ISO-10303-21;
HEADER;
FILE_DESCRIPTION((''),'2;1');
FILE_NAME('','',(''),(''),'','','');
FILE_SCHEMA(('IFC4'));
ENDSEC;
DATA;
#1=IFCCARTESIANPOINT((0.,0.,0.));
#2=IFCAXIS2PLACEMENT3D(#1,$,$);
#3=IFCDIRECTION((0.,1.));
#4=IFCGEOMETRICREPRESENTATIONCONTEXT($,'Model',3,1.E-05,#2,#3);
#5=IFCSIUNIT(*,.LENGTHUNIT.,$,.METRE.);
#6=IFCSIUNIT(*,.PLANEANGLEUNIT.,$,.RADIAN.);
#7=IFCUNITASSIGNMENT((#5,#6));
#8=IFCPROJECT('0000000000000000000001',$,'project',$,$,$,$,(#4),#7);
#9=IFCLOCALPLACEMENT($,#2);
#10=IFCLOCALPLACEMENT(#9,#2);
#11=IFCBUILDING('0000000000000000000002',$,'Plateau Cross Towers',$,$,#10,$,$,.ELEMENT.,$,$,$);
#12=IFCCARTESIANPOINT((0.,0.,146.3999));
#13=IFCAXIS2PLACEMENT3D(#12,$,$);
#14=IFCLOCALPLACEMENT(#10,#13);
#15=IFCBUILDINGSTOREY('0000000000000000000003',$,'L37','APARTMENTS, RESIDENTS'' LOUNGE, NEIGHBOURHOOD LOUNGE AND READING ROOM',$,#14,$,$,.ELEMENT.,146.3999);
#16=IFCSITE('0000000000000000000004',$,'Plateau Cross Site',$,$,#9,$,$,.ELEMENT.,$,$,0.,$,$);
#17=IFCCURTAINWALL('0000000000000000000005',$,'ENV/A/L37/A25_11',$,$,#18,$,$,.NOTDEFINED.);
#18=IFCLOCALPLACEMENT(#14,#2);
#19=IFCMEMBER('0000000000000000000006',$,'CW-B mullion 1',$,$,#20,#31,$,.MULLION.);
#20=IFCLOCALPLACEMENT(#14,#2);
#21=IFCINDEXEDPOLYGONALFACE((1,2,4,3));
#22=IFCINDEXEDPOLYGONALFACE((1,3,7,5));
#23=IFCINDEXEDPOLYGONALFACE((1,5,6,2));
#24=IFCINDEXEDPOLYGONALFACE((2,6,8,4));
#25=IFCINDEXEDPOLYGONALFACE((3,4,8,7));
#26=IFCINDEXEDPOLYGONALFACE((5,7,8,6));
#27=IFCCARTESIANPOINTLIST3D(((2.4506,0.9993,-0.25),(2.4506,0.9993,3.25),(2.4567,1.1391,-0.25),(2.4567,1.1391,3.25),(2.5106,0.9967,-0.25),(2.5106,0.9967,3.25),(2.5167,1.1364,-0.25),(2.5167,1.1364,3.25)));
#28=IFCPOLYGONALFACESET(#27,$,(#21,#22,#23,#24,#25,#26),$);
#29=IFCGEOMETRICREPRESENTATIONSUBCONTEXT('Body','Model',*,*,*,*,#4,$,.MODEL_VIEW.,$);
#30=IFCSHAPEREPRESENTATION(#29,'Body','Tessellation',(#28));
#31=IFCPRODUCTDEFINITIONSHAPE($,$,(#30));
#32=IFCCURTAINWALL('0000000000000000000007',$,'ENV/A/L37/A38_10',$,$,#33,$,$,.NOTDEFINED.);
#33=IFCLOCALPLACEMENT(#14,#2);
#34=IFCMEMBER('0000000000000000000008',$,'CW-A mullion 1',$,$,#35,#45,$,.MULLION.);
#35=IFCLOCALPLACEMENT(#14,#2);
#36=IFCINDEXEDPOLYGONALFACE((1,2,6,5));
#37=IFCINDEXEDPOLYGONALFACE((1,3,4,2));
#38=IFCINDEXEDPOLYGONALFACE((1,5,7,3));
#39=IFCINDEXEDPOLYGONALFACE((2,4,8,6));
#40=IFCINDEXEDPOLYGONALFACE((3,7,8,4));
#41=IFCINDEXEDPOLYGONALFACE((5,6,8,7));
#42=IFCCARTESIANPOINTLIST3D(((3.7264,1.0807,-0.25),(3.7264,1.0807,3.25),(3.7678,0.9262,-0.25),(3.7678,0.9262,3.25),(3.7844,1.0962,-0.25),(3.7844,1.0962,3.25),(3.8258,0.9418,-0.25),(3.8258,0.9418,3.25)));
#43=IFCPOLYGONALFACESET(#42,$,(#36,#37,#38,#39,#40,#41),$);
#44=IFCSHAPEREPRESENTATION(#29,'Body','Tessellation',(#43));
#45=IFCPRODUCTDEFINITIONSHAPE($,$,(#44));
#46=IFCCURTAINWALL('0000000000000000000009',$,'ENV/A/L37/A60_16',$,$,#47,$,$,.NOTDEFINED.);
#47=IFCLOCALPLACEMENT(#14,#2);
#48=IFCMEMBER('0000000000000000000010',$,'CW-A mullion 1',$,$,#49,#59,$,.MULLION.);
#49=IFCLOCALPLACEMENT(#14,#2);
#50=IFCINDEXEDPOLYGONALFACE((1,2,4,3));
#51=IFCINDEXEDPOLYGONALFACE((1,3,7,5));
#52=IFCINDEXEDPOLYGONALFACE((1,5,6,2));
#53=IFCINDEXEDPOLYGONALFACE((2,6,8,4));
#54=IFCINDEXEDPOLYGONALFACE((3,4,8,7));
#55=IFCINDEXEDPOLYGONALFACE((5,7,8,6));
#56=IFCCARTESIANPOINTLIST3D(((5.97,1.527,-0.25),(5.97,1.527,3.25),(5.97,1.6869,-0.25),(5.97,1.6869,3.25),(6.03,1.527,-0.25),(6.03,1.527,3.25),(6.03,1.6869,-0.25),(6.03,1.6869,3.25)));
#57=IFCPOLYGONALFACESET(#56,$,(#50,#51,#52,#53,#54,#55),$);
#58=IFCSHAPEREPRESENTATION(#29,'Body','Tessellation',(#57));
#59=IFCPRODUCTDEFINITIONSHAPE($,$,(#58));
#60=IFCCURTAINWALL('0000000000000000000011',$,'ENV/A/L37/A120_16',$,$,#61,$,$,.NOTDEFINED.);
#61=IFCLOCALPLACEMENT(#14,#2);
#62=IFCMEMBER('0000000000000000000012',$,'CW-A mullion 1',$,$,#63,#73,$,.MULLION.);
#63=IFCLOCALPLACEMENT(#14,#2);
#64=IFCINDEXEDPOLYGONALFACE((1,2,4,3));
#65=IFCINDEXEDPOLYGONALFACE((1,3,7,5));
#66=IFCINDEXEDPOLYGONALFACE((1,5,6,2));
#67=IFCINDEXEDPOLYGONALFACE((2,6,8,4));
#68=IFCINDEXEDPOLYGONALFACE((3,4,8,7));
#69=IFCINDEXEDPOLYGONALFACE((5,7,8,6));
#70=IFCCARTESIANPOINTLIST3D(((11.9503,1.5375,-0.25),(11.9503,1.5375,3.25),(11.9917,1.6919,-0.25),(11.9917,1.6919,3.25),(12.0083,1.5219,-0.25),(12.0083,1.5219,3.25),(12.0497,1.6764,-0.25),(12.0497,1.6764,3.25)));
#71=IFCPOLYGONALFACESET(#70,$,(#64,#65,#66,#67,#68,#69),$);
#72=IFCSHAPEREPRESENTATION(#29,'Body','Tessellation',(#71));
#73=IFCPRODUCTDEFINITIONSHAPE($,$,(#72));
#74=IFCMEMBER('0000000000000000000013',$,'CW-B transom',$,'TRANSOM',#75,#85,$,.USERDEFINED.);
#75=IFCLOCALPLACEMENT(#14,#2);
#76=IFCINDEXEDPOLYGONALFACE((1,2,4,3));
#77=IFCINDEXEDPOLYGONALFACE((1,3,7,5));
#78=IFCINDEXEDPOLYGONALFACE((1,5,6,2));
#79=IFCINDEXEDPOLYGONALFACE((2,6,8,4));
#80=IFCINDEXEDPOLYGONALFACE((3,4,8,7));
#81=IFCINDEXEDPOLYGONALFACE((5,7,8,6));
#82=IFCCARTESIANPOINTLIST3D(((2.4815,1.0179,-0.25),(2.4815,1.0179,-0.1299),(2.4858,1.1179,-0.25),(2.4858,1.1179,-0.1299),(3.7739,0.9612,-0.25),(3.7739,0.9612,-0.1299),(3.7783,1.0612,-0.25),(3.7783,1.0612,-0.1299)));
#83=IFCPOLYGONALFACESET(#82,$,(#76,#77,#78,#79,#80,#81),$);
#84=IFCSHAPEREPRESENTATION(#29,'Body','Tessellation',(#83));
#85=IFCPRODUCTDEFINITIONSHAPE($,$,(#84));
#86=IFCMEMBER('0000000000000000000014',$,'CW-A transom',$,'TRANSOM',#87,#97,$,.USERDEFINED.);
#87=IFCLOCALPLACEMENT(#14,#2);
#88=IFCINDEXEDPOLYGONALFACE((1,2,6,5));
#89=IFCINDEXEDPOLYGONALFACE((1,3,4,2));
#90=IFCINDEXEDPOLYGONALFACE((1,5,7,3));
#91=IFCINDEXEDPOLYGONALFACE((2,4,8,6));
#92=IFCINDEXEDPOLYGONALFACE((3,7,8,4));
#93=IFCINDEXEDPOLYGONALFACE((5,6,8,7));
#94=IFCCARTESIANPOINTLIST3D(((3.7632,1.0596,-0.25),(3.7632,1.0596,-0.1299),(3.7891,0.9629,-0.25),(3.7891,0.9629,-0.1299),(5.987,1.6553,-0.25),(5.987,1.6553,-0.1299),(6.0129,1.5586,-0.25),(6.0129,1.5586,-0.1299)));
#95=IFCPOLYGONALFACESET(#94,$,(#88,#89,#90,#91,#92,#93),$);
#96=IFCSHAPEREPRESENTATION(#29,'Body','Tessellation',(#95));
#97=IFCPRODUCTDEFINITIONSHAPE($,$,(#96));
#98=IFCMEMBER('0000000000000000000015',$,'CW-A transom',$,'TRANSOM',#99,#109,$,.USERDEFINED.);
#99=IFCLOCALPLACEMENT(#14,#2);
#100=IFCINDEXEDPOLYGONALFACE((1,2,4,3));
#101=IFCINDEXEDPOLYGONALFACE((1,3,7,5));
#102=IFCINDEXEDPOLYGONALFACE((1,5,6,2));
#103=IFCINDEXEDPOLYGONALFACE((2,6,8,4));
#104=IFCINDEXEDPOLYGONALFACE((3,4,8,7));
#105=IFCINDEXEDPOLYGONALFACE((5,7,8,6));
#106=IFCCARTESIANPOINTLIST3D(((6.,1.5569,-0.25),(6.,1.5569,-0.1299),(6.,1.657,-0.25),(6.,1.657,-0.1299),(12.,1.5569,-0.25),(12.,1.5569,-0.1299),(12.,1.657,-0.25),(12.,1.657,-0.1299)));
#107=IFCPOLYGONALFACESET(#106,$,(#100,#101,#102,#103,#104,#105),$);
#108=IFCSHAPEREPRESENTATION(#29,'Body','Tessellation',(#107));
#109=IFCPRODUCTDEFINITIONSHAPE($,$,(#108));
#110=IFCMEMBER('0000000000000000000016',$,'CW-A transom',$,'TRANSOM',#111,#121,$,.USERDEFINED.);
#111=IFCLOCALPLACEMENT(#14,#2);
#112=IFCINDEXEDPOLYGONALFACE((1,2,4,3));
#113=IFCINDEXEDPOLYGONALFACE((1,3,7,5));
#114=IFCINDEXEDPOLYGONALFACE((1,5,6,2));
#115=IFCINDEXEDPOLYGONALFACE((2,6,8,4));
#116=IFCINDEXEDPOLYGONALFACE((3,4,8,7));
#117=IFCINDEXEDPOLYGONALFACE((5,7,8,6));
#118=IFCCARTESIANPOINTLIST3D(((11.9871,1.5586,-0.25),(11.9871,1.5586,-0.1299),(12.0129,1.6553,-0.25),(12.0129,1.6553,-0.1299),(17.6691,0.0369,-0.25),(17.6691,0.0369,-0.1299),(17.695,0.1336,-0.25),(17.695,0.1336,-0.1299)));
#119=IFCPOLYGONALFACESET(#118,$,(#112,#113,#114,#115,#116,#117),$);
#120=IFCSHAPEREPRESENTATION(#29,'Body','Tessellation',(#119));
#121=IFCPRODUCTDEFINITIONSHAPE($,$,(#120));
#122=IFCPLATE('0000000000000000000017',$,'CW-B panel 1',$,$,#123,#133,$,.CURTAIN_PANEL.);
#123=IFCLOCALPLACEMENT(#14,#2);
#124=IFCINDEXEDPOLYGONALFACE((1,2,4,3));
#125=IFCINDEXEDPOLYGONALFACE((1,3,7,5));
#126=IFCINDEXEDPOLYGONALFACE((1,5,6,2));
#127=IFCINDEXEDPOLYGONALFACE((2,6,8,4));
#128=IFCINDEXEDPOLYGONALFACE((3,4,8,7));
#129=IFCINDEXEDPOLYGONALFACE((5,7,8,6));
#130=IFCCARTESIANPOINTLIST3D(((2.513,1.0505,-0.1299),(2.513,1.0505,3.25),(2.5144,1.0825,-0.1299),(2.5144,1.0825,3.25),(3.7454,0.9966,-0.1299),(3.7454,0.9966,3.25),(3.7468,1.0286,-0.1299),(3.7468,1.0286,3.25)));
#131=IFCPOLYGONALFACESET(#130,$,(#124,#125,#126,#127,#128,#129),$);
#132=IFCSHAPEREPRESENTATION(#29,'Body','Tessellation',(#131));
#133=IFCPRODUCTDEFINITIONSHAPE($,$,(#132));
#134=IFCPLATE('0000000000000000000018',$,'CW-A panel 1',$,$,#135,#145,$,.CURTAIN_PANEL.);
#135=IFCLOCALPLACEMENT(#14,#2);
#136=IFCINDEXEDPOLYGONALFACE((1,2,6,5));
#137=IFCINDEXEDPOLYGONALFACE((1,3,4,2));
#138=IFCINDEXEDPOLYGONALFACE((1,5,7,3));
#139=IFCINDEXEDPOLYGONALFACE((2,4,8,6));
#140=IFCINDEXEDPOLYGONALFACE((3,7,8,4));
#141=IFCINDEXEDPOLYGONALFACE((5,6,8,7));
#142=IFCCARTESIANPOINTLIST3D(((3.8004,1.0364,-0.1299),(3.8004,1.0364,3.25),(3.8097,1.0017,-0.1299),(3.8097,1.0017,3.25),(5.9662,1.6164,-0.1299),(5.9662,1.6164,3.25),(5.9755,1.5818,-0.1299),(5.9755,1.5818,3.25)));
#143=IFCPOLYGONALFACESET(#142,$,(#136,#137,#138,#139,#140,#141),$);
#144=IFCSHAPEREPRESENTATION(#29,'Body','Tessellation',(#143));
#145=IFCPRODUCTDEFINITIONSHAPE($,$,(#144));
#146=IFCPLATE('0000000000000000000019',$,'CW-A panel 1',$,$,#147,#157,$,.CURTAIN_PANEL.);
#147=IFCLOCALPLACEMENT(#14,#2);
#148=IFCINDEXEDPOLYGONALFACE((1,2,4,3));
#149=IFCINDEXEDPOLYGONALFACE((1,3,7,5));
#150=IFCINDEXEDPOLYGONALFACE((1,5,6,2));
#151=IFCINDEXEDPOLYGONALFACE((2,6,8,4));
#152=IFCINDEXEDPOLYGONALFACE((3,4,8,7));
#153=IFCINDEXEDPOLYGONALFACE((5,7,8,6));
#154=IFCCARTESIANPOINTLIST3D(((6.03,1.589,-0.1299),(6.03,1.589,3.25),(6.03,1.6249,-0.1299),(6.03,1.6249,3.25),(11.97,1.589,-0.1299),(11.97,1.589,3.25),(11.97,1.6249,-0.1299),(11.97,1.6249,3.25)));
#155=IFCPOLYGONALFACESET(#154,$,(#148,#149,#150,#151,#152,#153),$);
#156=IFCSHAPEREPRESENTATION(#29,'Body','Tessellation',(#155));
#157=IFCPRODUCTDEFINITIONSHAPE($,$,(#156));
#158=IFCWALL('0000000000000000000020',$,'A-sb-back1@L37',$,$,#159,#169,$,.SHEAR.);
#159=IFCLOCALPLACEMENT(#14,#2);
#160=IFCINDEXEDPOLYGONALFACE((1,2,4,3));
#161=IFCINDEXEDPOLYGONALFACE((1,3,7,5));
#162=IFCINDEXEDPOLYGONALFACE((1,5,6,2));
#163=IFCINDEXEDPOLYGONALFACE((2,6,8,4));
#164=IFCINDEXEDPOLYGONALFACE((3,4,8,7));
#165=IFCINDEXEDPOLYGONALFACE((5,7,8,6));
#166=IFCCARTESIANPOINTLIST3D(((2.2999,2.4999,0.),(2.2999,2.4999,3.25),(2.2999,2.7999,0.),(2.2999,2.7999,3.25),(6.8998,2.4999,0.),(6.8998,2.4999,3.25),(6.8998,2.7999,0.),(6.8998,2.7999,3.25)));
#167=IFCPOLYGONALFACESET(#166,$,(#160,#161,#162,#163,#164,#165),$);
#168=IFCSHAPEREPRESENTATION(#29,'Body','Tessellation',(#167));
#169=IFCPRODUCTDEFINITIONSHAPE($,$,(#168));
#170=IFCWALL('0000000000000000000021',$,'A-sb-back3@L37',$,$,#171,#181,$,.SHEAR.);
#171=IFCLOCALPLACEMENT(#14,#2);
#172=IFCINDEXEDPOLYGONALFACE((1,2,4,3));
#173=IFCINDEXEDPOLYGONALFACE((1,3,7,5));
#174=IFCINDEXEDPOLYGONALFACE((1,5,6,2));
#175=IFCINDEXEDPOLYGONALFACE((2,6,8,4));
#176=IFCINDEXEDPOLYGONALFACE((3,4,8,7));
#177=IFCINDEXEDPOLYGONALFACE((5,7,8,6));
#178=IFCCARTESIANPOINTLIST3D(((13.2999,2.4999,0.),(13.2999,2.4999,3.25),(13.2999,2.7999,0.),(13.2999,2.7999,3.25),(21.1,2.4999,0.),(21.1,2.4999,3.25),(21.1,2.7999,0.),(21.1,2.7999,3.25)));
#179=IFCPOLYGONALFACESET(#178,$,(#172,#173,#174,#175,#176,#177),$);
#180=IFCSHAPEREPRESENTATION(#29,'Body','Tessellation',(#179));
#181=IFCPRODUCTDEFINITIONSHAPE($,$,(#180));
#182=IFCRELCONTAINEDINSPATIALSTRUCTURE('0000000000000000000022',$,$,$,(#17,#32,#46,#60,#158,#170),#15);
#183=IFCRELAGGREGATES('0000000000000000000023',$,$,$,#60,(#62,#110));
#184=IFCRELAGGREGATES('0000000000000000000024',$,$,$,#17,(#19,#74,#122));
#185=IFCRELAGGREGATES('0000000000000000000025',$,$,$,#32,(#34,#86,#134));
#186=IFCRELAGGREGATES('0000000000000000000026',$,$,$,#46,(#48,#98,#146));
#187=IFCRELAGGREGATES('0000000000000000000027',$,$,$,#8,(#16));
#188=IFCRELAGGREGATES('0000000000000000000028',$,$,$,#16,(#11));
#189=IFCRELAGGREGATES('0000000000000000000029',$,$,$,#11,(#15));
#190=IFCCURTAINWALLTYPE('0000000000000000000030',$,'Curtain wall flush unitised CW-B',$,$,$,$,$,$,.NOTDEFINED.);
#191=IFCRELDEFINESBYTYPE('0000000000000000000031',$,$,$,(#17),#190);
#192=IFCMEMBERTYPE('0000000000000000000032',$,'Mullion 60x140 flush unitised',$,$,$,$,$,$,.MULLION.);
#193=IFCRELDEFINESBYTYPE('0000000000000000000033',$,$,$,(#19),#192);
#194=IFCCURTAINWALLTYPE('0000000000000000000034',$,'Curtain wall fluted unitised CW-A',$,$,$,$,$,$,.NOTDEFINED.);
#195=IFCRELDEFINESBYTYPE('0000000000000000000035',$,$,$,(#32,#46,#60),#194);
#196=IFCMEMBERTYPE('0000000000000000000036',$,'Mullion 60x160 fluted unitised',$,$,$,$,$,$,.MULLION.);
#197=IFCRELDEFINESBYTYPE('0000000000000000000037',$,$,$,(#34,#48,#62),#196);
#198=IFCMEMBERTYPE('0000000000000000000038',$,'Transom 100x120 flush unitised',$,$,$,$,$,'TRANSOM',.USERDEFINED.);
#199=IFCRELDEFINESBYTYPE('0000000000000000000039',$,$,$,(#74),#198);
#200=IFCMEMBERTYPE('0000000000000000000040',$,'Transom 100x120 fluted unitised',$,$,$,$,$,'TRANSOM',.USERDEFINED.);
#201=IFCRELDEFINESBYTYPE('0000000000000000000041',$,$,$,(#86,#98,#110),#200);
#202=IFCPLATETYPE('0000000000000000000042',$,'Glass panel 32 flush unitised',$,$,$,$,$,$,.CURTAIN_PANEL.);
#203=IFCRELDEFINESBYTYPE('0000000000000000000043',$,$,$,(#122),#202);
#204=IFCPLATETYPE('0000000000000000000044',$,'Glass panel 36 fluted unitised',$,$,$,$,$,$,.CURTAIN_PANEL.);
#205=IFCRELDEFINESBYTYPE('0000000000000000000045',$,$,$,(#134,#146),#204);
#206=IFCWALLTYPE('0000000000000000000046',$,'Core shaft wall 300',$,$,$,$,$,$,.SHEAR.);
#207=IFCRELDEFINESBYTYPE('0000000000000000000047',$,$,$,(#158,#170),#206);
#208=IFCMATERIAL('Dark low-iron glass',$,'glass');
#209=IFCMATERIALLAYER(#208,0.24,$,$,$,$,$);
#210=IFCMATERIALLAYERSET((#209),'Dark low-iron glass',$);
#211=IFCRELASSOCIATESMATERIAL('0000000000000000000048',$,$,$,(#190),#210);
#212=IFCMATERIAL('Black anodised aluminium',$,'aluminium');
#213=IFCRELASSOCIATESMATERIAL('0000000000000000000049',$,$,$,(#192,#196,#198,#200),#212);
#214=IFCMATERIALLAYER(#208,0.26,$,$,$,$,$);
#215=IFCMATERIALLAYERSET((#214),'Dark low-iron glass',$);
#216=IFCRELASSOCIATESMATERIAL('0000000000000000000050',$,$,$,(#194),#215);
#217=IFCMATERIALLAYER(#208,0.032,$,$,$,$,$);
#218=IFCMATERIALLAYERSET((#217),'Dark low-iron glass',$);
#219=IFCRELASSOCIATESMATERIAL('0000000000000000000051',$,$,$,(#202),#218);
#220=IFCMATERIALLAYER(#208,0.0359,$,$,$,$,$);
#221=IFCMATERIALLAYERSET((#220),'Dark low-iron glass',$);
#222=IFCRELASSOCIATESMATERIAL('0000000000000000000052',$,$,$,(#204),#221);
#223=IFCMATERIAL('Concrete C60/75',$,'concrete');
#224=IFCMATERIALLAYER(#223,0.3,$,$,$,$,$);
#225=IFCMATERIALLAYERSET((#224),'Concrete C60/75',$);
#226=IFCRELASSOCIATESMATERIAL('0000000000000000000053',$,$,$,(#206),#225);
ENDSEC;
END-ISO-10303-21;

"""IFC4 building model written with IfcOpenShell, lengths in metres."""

from ifc_helpers import new_model, si_unit, direction, frame, frame_2d, origin, origin_2d, place, context, subcontext, project, spatial, rectangle, extrude, material, layer, layer_set, material_profile, profile_set, type_object, element, aggregate, save


model = new_model("IFC4")

# Units and contexts
model_context = context("Model", 3, precision=1e-05, world=origin(), true_north=direction((0.0, 1.0)))
body_context = subcontext(model_context, "Body", "Model", "MODEL_VIEW")
ifc_project = project(units=[si_unit("LENGTHUNIT", "METRE"), si_unit("PLANEANGLEUNIT", "RADIAN")], contexts=[model_context])

# Site, building, storey
site_placement = place(None, origin())
site = spatial("IfcSite", under=ifc_project, at=site_placement, Name="Plateau Cross Site", CompositionType="ELEMENT", RefElevation=0.0)
building_placement = place(site_placement, origin())
building = spatial("IfcBuilding", under=site, at=building_placement, Name="Plateau Cross Towers", CompositionType="ELEMENT")
storey_placement = place(building_placement, frame((0.0, 0.0, 146.3999)))
storey = spatial("IfcBuildingStorey", under=building, at=storey_placement, Name="L37", Description="APARTMENTS, RESIDENTS' LOUNGE, NEIGHBOURHOOD LOUNGE AND READING ROOM", CompositionType="ELEMENT", Elevation=146.3999)

# Curtain walls, members
ifc_material_1 = material(Name="Dark low-iron glass", Category="glass")
ifc_layer_1 = layer(ifc_material_1, 0.24)
ifc_layer_set_1 = layer_set([ifc_layer_1], Name="Dark low-iron glass")
curtain_wall_type_1 = type_object("IfcCurtainWallType", Name="Curtain wall flush unitised CW-B", PredefinedType="NOTDEFINED", material=ifc_layer_set_1)
curtain_wall_1_placement = place(storey_placement, origin())
curtain_wall_1 = element("IfcCurtainWall", 1, at=curtain_wall_1_placement, inside=storey, type_object=curtain_wall_type_1, Name="ENV/A/L37/A25_11", PredefinedType="NOTDEFINED")
ifc_material_2 = material(Name="Black anodised aluminium", Category="aluminium")
ifc_material_profile_1 = material_profile(ifc_material_2, rectangle(XDim=0.0601, YDim=0.1399, at=origin_2d()), Name="MULLION 60x140")
ifc_profile_set_1 = profile_set([ifc_material_profile_1], Name="Black anodised aluminium")
member_type_1 = type_object("IfcMemberType", Name="Mullion 60x140 flush unitised", PredefinedType="MULLION", material=ifc_profile_set_1)
member_1_placement = place(storey_placement, frame((2.4836, 1.0679, -0.25), z_axis=(0.0, 0.0, 1.0), x_axis=(0.999044, -0.043723, 0.0)))
member_1 = element("IfcMember", 2, at=member_1_placement, type_object=member_type_1, Name="CW-B mullion 1", PredefinedType="MULLION", context=body_context, shape_type="SweptSolid", body=[
    extrude(rectangle(XDim=0.0601, YDim=0.1399, at=origin_2d()), origin(), (0.0, 0.0, 1.0), 3.5),
])
ifc_layer_2 = layer(ifc_material_1, 0.26)
ifc_layer_set_2 = layer_set([ifc_layer_2], Name="Dark low-iron glass")
curtain_wall_type_2 = type_object("IfcCurtainWallType", Name="Curtain wall fluted unitised CW-A", PredefinedType="NOTDEFINED", material=ifc_layer_set_2)
curtain_wall_2_placement = place(storey_placement, origin())
curtain_wall_2 = element("IfcCurtainWall", 3, at=curtain_wall_2_placement, inside=storey, type_object=curtain_wall_type_2, Name="ENV/A/L37/A38_10", PredefinedType="NOTDEFINED")
ifc_material_profile_2 = material_profile(ifc_material_2, rectangle(XDim=0.0601, YDim=0.1599, at=origin_2d()), Name="MULLION 60x160")
ifc_profile_set_2 = profile_set([ifc_material_profile_2], Name="Black anodised aluminium")
member_type_2 = type_object("IfcMemberType", Name="Mullion 60x160 fluted unitised", PredefinedType="MULLION", material=ifc_profile_set_2)
member_2_placement = place(storey_placement, frame((3.7761, 1.0112, -0.25), z_axis=(0.0, 0.0, 1.0), x_axis=(0.965958, 0.258699, 0.0)))
member_2 = element("IfcMember", 4, at=member_2_placement, type_object=member_type_2, Name="CW-A mullion 1", PredefinedType="MULLION", context=body_context, shape_type="SweptSolid", body=[
    extrude(rectangle(XDim=0.0601, YDim=0.1599, at=origin_2d()), origin(), (0.0, 0.0, 1.0), 3.5),
])
curtain_wall_3_placement = place(storey_placement, origin())
curtain_wall_3 = element("IfcCurtainWall", 5, at=curtain_wall_3_placement, inside=storey, type_object=curtain_wall_type_2, Name="ENV/A/L37/A60_16", PredefinedType="NOTDEFINED")
member_3_placement = place(storey_placement, frame((6.0, 1.6069, -0.25), z_axis=(0.0, 0.0, 1.0), x_axis=(1.0, 0.0, 0.0)))
member_3 = element("IfcMember", 6, at=member_3_placement, type_object=member_type_2, Name="CW-A mullion 1", PredefinedType="MULLION", context=body_context, shape_type="SweptSolid", body=[
    extrude(rectangle(XDim=0.0601, YDim=0.1599, at=origin_2d()), origin(), (0.0, 0.0, 1.0), 3.5),
])
curtain_wall_4_placement = place(storey_placement, origin())
curtain_wall_4 = element("IfcCurtainWall", 7, at=curtain_wall_4_placement, inside=storey, type_object=curtain_wall_type_2, Name="ENV/A/L37/A120_16", PredefinedType="NOTDEFINED")
member_4_placement = place(storey_placement, frame((12.0, 1.6069, -0.25), z_axis=(0.0, 0.0, 1.0), x_axis=(0.965958, -0.258699, 0.0)))
member_4 = element("IfcMember", 8, at=member_4_placement, type_object=member_type_2, Name="CW-A mullion 1", PredefinedType="MULLION", context=body_context, shape_type="SweptSolid", body=[
    extrude(rectangle(XDim=0.0601, YDim=0.1599, at=origin_2d()), origin(), (0.0, 0.0, 1.0), 3.5),
])

# Members
ifc_material_profile_3 = material_profile(ifc_material_2, rectangle(XDim=0.1001, YDim=0.1201, at=origin_2d()), Name="TRANSOM 100x120")
ifc_profile_set_3 = profile_set([ifc_material_profile_3], Name="Black anodised aluminium")
member_type_3 = type_object("IfcMemberType", Name="Transom 100x120 flush unitised", ElementType="TRANSOM", PredefinedType="USERDEFINED", material=ifc_profile_set_3)
member_5_placement = place(storey_placement, frame((2.4836, 1.0679, -0.1899), z_axis=(0.999041, -0.043781, 0.0), x_axis=(0.043781, 0.999041, 0.0)))
member_5 = element("IfcMember", 9, at=member_5_placement, type_object=member_type_3, Name="CW-B transom", ObjectType="TRANSOM", PredefinedType="USERDEFINED", context=body_context, shape_type="SweptSolid", body=[
    extrude(rectangle(XDim=0.1001, YDim=0.1201, at=origin_2d()), origin(), (0.0, 0.0, 1.0), 1.2937),
])
ifc_material_profile_4 = material_profile(ifc_material_2, rectangle(XDim=0.1001, YDim=0.1201, at=origin_2d()), Name="TRANSOM 100x120")
ifc_profile_set_4 = profile_set([ifc_material_profile_4], Name="Black anodised aluminium")
member_type_4 = type_object("IfcMemberType", Name="Transom 100x120 fluted unitised", ElementType="TRANSOM", PredefinedType="USERDEFINED", material=ifc_profile_set_4)
member_6_placement = place(storey_placement, frame((3.7761, 1.0112, -0.1899), z_axis=(0.965946, 0.258745, 0.0), x_axis=(-0.258745, 0.965946, 0.0)))
member_6 = element("IfcMember", 10, at=member_6_placement, type_object=member_type_4, Name="CW-A transom", ObjectType="TRANSOM", PredefinedType="USERDEFINED", context=body_context, shape_type="SweptSolid", body=[
    extrude(rectangle(XDim=0.1001, YDim=0.1201, at=origin_2d()), origin(), (0.0, 0.0, 1.0), 2.3022),
])
member_7_placement = place(storey_placement, frame((6.0, 1.6069, -0.1899), z_axis=(1.0, 0.0, 0.0), x_axis=(0.0, 1.0, 0.0)))
member_7 = element("IfcMember", 11, at=member_7_placement, type_object=member_type_4, Name="CW-A transom", ObjectType="TRANSOM", PredefinedType="USERDEFINED", context=body_context, shape_type="SweptSolid", body=[
    extrude(rectangle(XDim=0.1001, YDim=0.1201, at=origin_2d()), origin(), (0.0, 0.0, 1.0), 6.0),
])
member_8_placement = place(storey_placement, frame((12.0, 1.6069, -0.1899), z_axis=(0.96596, -0.258693, 0.0), x_axis=(0.258693, 0.96596, 0.0)))
member_8 = element("IfcMember", 12, at=member_8_placement, type_object=member_type_4, Name="CW-A transom", ObjectType="TRANSOM", PredefinedType="USERDEFINED", context=body_context, shape_type="SweptSolid", body=[
    extrude(rectangle(XDim=0.1001, YDim=0.1201, at=origin_2d()), origin(), (0.0, 0.0, 1.0), 5.8823),
])
aggregate(curtain_wall_4, [member_4, member_8])

# Plates
ifc_layer_3 = layer(ifc_material_1, 0.032)
ifc_layer_set_3 = layer_set([ifc_layer_3], Name="Dark low-iron glass")
plate_type_1 = type_object("IfcPlateType", Name="Glass panel 32 flush unitised", PredefinedType="CURTAIN_PANEL", material=ifc_layer_set_3)
plate_1_placement = place(storey_placement, frame((3.1299, 1.0396, -0.1299), z_axis=(0.0, 0.0, 1.0), x_axis=(0.999044, -0.043723, 0.0)))
plate_1 = element("IfcPlate", 13, at=plate_1_placement, type_object=plate_type_1, Name="CW-B panel 1", PredefinedType="CURTAIN_PANEL", context=body_context, shape_type="SweptSolid", body=[
    extrude(rectangle(XDim=1.2336, YDim=0.032, at=origin_2d()), origin(), (0.0, 0.0, 1.0), 3.3799),
])
aggregate(curtain_wall_1, [member_1, member_5, plate_1])
ifc_layer_4 = layer(ifc_material_1, 0.0359)
ifc_layer_set_4 = layer_set([ifc_layer_4], Name="Dark low-iron glass")
plate_type_2 = type_object("IfcPlateType", Name="Glass panel 36 fluted unitised", PredefinedType="CURTAIN_PANEL", material=ifc_layer_set_4)
plate_2_placement = place(storey_placement, frame((4.8879, 1.3091, -0.1299), z_axis=(0.0, 0.0, 1.0), x_axis=(0.965958, 0.258699, 0.0)))
plate_2 = element("IfcPlate", 14, at=plate_2_placement, type_object=plate_type_2, Name="CW-A panel 1", PredefinedType="CURTAIN_PANEL", context=body_context, shape_type="SweptSolid", body=[
    extrude(rectangle(XDim=2.2422, YDim=0.0359, at=origin_2d()), origin(), (0.0, 0.0, 1.0), 3.3799),
])
aggregate(curtain_wall_2, [member_2, member_6, plate_2])
plate_3_placement = place(storey_placement, frame((9.0, 1.6069, -0.1299), z_axis=(0.0, 0.0, 1.0), x_axis=(1.0, 0.0, 0.0)))
plate_3 = element("IfcPlate", 15, at=plate_3_placement, type_object=plate_type_2, Name="CW-A panel 1", PredefinedType="CURTAIN_PANEL", context=body_context, shape_type="SweptSolid", body=[
    extrude(rectangle(XDim=5.9399, YDim=0.0359, at=origin_2d()), origin(), (0.0, 0.0, 1.0), 3.3799),
])
aggregate(curtain_wall_3, [member_3, member_7, plate_3])

# Walls
ifc_material_3 = material(Name="Concrete C60/75", Category="concrete")
ifc_layer_5 = layer(ifc_material_3, 0.3)
ifc_layer_set_5 = layer_set([ifc_layer_5], Name="Concrete C60/75")
wall_type_1 = type_object("IfcWallType", Name="Core shaft wall 300", PredefinedType="SHEAR", material=ifc_layer_set_5)
wall_1_placement = place(storey_placement, frame((2.3, 2.6499, 0.0), z_axis=(0.0, 0.0, 1.0), x_axis=(1.0, 0.0, 0.0)))
element("IfcWall", 16, at=wall_1_placement, inside=storey, type_object=wall_type_1, Name="A-sb-back1@L37", PredefinedType="SHEAR", context=body_context, shape_type="SweptSolid", body=[
    extrude(rectangle(XDim=4.5999, YDim=0.3, at=frame_2d((2.2998, 0.0))), origin(), (0.0, 0.0, 1.0), 3.25),
])
wall_2_placement = place(storey_placement, frame((13.3, 2.6499, 0.0), z_axis=(0.0, 0.0, 1.0), x_axis=(1.0, 0.0, 0.0)))
element("IfcWall", 17, at=wall_2_placement, inside=storey, type_object=wall_type_1, Name="A-sb-back3@L37", PredefinedType="SHEAR", context=body_context, shape_type="SweptSolid", body=[
    extrude(rectangle(XDim=7.8, YDim=0.3, at=frame_2d((3.8999, 0.0))), origin(), (0.0, 0.0, 1.0), 3.25),
])

save(model, "model.ifc")
